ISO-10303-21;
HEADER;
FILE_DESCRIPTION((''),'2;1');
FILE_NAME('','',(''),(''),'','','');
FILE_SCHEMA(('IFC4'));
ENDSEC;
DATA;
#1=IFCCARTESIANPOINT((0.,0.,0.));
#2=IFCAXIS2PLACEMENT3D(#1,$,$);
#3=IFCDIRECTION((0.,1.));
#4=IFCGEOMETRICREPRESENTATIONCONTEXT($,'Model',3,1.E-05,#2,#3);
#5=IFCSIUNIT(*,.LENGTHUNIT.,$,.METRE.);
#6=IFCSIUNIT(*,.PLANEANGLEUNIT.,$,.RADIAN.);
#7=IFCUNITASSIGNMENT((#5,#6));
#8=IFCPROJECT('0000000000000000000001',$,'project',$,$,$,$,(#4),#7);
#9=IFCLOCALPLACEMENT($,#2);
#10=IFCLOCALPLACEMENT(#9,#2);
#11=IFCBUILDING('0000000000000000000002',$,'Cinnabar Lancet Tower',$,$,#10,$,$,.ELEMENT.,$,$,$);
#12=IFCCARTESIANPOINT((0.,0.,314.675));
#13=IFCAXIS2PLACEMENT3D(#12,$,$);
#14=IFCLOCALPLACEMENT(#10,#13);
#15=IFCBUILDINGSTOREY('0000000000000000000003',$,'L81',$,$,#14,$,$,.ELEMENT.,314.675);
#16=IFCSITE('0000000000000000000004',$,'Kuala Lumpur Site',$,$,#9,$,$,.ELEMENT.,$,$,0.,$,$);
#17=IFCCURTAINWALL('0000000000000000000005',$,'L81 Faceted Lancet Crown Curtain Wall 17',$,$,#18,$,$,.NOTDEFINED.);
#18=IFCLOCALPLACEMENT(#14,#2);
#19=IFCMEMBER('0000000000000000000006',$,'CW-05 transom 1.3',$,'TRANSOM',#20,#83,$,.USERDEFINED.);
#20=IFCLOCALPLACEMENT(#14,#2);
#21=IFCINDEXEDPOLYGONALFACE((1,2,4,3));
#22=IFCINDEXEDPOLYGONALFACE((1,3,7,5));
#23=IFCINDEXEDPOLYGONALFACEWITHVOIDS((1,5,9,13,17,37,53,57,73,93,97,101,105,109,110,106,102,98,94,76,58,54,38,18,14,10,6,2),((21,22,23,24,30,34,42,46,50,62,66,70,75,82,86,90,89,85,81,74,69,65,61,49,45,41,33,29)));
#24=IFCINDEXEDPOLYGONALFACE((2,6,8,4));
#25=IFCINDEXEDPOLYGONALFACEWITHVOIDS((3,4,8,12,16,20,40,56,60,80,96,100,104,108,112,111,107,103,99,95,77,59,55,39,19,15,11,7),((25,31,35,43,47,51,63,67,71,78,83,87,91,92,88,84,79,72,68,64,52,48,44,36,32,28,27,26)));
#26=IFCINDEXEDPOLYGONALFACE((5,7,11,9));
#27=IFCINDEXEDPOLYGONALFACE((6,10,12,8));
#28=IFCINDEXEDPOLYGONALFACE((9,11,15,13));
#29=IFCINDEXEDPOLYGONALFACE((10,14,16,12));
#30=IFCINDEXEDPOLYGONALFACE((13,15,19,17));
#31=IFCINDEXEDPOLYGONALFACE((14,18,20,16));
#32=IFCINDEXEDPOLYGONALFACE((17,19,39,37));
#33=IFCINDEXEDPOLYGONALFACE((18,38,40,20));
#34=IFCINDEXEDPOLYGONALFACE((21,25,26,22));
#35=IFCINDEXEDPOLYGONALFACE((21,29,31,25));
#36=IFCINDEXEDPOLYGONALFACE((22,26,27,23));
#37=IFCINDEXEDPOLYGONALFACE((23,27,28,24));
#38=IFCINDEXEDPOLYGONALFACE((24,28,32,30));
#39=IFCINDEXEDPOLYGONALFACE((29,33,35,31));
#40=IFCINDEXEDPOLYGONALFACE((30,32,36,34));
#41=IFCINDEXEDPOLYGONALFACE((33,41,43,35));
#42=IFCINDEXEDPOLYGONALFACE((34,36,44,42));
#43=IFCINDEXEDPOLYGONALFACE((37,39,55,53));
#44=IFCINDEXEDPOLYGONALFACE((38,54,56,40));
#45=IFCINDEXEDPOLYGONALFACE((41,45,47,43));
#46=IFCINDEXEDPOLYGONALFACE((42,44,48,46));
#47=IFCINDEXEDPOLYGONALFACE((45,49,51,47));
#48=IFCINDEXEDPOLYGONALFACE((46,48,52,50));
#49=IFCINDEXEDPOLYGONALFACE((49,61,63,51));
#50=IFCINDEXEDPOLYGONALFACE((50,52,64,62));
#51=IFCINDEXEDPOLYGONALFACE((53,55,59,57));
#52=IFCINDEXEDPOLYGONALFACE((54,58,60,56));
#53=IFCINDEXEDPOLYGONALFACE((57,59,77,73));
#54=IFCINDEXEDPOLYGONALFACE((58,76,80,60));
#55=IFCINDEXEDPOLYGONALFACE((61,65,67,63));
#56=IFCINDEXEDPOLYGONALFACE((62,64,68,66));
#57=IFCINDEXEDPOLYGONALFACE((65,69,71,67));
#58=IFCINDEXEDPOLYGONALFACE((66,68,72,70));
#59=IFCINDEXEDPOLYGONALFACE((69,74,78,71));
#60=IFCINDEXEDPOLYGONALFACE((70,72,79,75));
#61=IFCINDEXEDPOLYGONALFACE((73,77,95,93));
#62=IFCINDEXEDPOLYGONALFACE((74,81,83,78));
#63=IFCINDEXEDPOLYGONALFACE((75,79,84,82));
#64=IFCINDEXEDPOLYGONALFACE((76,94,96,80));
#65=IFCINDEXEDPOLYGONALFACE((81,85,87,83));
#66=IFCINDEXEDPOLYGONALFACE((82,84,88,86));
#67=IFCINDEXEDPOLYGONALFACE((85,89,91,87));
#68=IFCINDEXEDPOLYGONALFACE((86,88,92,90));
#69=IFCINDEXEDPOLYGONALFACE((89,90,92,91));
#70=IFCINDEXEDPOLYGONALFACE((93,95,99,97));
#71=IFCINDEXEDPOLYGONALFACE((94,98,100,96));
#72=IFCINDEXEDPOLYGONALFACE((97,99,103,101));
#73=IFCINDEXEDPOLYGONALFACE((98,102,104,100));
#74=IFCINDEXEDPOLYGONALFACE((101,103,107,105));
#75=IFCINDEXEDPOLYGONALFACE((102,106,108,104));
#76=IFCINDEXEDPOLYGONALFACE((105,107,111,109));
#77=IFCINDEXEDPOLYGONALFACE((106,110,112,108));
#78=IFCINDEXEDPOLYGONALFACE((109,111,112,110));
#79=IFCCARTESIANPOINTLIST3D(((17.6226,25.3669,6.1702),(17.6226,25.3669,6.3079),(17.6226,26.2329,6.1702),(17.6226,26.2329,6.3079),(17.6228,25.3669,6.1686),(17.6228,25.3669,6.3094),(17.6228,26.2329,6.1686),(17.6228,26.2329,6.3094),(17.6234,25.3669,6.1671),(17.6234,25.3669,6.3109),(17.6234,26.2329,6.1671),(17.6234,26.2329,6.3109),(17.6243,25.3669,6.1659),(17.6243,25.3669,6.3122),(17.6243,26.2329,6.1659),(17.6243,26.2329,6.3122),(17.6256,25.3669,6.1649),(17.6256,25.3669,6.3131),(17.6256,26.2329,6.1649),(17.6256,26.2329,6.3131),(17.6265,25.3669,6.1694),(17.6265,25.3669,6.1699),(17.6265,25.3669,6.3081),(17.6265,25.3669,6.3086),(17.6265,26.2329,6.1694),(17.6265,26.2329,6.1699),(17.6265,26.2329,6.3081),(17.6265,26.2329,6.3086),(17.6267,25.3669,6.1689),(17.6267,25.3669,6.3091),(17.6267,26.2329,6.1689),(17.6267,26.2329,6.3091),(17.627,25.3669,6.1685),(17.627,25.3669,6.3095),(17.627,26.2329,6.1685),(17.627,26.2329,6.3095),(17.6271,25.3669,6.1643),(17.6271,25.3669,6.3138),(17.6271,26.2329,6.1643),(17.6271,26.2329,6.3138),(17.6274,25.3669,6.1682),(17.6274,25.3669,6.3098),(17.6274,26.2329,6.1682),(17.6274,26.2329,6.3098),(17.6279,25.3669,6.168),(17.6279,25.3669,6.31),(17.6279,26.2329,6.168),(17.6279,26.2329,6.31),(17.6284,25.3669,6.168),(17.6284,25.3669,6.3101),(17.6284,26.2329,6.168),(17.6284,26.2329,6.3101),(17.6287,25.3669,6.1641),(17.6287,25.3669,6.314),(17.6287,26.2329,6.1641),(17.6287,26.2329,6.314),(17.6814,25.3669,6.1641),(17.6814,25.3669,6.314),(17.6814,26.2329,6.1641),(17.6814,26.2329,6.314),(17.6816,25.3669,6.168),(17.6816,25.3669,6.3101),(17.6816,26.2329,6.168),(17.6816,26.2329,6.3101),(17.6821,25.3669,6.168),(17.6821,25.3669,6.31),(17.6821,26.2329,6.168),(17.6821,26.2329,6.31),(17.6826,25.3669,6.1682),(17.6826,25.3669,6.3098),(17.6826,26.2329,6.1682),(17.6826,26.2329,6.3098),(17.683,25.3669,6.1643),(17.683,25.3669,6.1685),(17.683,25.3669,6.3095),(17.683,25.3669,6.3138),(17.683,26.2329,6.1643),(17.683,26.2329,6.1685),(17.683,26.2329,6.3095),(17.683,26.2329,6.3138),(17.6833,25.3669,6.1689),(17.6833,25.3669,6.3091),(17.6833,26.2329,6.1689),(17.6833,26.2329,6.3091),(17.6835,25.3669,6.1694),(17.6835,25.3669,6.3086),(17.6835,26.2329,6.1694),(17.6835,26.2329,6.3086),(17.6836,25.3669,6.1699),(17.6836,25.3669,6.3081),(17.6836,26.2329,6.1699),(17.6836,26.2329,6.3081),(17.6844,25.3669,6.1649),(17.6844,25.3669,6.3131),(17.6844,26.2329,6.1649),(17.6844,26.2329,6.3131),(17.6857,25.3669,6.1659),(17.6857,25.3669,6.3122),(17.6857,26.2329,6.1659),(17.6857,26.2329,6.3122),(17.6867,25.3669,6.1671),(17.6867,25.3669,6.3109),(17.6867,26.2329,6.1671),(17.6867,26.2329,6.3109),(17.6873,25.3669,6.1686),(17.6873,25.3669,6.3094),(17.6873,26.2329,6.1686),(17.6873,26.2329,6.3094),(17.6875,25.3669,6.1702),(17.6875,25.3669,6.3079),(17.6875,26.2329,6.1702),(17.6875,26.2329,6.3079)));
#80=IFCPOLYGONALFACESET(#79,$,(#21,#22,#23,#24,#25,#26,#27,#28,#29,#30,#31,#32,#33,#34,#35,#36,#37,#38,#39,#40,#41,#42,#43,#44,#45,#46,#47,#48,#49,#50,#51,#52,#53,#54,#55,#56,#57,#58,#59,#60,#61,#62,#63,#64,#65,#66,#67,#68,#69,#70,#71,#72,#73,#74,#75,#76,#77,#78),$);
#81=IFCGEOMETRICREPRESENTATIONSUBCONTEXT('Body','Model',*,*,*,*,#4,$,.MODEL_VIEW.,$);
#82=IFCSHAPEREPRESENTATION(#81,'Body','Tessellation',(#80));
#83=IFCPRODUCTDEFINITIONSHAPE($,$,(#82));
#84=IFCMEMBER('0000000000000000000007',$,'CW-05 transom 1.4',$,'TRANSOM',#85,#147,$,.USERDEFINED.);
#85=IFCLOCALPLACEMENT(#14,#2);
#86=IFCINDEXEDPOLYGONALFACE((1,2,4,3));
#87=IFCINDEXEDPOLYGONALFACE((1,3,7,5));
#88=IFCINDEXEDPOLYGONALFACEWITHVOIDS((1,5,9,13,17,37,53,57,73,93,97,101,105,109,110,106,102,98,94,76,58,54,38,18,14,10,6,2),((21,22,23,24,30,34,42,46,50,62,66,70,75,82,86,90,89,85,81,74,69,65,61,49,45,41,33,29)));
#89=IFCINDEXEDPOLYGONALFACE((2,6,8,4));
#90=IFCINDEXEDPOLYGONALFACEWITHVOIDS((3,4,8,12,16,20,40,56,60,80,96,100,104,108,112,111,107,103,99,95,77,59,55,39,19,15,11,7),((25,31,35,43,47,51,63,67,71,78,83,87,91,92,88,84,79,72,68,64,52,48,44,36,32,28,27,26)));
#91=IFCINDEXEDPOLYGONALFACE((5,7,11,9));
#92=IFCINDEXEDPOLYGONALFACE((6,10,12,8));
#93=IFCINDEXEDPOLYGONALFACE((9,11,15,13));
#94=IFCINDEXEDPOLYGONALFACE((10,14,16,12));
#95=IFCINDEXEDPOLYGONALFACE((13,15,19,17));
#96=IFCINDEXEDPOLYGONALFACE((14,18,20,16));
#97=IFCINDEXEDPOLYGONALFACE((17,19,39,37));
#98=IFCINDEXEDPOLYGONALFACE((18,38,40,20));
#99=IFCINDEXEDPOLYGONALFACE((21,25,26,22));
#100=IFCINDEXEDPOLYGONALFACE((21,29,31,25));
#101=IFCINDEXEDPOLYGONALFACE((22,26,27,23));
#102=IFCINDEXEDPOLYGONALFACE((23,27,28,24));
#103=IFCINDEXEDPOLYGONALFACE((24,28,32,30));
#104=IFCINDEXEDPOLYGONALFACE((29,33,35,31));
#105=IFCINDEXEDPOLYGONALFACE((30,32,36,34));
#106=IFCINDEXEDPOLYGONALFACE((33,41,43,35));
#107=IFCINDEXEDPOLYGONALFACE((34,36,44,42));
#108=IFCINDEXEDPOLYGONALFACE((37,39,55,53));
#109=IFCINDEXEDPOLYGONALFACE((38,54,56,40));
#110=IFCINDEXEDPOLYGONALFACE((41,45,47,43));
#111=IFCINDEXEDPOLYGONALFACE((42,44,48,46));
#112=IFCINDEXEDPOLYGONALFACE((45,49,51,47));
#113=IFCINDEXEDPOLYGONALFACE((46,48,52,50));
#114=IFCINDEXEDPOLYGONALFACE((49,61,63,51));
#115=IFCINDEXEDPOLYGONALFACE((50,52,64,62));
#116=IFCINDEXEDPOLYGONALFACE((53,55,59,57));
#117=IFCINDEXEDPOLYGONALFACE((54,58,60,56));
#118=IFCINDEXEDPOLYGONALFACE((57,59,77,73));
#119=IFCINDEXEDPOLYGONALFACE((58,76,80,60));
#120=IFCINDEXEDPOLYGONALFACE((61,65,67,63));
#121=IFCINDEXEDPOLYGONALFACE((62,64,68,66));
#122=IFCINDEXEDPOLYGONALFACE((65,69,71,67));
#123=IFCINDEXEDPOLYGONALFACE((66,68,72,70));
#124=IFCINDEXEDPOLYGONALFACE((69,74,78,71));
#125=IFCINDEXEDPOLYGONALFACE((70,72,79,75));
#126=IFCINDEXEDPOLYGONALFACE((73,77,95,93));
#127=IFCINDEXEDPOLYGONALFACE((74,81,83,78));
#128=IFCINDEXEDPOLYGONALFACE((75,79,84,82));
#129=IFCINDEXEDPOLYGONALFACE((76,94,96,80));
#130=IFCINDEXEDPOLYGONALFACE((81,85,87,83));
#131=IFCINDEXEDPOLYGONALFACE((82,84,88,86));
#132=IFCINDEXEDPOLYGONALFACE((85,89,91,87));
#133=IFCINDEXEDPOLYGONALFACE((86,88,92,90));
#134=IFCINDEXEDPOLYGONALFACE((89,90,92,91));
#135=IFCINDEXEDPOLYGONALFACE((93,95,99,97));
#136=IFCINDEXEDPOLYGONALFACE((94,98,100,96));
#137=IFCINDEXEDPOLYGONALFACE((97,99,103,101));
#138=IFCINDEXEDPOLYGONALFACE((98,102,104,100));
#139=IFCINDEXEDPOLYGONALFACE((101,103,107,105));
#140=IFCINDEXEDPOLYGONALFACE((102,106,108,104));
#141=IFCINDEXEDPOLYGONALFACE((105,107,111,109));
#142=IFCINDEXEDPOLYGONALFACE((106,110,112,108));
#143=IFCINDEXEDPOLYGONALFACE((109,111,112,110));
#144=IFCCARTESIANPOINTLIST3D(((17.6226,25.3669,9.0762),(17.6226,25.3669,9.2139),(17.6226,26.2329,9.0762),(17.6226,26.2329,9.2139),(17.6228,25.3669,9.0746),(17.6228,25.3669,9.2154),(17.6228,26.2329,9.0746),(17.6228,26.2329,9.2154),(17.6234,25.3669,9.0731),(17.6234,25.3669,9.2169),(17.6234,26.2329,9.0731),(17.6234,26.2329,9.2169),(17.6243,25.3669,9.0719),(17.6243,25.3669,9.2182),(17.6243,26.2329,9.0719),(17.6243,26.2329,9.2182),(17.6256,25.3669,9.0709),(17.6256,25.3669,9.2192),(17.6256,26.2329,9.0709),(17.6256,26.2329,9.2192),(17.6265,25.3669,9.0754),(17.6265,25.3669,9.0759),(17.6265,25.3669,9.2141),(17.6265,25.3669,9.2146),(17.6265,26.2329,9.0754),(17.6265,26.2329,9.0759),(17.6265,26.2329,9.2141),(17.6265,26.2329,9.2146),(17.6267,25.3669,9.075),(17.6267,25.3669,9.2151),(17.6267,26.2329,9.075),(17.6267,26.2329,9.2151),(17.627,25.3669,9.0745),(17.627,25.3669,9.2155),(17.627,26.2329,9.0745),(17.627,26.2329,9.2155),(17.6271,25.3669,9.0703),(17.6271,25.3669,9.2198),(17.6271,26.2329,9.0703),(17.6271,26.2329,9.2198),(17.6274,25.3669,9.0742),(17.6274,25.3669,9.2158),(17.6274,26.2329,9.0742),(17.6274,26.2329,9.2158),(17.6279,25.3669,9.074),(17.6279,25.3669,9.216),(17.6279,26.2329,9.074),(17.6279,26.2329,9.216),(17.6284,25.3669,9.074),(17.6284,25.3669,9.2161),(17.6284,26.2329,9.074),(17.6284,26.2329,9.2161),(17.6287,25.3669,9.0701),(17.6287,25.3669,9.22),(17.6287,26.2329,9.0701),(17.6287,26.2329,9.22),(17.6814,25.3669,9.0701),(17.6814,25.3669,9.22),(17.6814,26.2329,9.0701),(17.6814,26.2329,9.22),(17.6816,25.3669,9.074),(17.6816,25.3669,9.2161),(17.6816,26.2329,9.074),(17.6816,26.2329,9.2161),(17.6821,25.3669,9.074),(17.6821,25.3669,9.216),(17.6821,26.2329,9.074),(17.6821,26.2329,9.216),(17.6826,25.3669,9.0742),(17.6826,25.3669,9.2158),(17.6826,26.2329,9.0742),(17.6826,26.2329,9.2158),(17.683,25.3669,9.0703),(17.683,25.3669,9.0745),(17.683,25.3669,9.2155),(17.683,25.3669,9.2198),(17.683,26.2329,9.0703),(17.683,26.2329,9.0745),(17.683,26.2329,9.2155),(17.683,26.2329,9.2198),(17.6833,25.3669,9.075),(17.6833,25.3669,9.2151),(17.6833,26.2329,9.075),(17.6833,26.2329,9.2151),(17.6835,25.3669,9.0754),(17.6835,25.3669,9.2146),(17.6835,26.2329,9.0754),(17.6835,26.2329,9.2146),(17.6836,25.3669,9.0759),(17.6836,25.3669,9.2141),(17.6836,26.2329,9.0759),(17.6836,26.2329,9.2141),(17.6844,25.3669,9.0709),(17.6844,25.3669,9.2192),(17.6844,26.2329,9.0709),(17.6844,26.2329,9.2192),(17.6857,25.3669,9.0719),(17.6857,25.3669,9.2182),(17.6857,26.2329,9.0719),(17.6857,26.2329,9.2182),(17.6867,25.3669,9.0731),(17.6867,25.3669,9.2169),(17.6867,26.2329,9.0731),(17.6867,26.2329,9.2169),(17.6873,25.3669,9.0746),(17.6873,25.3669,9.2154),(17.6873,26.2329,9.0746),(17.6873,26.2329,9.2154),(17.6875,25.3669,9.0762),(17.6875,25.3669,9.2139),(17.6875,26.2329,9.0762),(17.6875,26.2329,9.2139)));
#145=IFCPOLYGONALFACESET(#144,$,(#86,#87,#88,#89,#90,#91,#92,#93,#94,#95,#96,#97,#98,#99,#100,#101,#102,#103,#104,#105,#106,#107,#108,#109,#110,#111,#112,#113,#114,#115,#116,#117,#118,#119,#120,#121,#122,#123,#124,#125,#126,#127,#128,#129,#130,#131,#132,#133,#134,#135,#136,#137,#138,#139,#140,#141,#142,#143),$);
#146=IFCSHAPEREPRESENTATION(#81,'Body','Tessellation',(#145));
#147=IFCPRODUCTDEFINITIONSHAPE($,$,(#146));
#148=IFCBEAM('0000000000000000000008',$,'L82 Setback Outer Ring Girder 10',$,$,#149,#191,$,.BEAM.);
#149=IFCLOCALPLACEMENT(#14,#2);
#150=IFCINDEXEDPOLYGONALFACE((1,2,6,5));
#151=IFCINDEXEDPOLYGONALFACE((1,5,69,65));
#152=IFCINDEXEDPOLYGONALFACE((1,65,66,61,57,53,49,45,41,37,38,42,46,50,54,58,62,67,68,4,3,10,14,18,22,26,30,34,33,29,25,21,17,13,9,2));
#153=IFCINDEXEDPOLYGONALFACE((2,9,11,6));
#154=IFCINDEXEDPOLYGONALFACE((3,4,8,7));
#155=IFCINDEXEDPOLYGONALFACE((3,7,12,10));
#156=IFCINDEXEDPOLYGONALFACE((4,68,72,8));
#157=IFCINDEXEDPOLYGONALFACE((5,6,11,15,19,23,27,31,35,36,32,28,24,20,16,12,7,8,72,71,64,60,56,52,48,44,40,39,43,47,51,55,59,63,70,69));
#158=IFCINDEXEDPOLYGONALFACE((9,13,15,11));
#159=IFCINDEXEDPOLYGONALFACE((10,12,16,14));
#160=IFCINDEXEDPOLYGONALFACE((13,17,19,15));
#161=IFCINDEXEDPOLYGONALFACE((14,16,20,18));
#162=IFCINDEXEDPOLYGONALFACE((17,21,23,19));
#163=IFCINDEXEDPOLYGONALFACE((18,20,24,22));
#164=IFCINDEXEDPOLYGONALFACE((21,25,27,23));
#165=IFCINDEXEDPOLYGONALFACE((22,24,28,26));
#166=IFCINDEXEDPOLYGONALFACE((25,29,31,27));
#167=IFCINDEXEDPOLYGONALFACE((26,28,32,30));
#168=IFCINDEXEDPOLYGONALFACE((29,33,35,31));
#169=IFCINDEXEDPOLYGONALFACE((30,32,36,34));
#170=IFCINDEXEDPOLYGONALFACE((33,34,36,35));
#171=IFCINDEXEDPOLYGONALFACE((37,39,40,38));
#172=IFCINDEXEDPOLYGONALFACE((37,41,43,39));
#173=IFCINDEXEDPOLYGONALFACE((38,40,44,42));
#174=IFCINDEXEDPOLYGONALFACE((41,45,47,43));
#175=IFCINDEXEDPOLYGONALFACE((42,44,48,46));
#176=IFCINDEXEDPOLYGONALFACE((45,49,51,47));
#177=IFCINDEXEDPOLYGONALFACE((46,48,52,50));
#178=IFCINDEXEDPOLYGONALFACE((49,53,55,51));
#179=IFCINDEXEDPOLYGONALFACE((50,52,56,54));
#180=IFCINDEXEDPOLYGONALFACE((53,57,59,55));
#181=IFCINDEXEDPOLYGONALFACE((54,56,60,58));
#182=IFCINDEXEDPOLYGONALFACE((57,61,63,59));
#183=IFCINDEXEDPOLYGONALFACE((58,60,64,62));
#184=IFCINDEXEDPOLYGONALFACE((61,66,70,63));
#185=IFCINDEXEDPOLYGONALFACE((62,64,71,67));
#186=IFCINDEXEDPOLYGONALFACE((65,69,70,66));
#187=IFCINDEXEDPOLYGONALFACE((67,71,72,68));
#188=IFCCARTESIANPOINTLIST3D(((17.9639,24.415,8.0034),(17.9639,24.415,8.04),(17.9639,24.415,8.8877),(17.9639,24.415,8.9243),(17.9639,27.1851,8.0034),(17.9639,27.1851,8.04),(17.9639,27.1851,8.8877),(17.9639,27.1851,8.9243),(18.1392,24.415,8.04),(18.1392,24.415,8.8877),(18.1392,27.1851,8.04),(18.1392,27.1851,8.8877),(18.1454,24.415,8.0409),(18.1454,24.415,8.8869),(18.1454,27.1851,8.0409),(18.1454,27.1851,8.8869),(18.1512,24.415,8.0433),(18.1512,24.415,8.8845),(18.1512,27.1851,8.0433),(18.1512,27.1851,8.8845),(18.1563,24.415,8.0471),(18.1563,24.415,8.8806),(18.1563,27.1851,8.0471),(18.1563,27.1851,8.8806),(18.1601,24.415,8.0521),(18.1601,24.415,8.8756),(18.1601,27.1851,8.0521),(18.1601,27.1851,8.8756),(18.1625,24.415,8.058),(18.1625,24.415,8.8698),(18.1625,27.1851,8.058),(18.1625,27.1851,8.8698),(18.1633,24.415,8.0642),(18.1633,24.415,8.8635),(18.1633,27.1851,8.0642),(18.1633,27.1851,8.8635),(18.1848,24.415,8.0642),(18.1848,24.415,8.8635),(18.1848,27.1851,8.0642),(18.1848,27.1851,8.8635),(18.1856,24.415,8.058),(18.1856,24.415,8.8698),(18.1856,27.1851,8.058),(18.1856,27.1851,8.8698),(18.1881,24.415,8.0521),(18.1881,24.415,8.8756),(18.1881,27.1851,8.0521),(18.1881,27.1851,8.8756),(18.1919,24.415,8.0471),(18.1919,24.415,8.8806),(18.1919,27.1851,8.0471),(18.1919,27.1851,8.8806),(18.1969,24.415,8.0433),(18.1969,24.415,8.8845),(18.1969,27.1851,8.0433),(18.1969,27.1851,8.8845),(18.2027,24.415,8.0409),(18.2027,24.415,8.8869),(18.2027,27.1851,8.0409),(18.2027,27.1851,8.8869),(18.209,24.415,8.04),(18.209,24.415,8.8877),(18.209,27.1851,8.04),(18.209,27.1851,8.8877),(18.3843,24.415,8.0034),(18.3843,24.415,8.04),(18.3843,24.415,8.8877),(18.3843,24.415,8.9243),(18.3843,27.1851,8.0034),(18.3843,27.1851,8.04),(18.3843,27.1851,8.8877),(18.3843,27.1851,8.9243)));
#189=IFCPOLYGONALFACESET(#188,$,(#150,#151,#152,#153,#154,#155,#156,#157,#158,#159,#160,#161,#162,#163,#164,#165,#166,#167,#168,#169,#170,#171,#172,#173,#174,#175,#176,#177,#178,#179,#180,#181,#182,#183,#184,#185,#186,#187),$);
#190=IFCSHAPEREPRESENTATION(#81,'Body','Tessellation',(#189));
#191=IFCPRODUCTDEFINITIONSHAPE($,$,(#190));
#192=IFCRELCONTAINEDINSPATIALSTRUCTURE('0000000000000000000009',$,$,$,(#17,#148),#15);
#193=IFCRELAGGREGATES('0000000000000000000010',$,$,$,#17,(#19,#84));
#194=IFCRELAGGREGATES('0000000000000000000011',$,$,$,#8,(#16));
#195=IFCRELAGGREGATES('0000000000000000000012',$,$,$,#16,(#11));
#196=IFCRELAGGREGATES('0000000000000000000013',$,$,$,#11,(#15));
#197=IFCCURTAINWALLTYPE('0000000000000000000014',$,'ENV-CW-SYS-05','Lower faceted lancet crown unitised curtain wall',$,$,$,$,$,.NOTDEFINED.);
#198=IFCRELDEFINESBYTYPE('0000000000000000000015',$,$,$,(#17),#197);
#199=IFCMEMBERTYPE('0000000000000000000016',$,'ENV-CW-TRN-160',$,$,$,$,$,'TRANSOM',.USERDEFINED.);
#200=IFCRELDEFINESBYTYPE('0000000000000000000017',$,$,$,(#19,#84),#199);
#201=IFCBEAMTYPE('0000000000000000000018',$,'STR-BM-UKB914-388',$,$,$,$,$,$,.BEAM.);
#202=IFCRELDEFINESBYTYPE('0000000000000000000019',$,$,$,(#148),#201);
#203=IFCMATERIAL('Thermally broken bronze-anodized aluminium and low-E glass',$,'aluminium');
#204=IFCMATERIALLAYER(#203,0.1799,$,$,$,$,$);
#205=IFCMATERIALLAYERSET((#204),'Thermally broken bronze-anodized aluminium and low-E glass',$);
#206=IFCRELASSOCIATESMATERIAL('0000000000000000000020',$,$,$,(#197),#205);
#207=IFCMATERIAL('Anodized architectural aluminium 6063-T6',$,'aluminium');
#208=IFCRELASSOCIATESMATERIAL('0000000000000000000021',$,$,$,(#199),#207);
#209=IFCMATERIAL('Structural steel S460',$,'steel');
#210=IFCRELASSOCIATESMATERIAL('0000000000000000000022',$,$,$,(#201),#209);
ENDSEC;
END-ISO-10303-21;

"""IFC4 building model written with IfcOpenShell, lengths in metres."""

from ifc_helpers import new_model, si_unit, direction, frame, origin, origin_2d, place, context, subcontext, project, spatial, hollow_rectangle, i_section, extrude, material, layer, layer_set, material_profile, profile_set, type_object, element, aggregate, save


model = new_model("IFC4")

# Units and contexts
model_context = context("Model", 3, precision=1e-05, world=origin(), true_north=direction((0.0, 1.0)))
body_context = subcontext(model_context, "Body", "Model", "MODEL_VIEW")
ifc_project = project(units=[si_unit("LENGTHUNIT", "METRE"), si_unit("PLANEANGLEUNIT", "RADIAN")], contexts=[model_context])

# Site, building, storey
site_placement = place(None, origin())
site = spatial("IfcSite", under=ifc_project, at=site_placement, Name="Kuala Lumpur Site", CompositionType="ELEMENT", RefElevation=0.0)
building_placement = place(site_placement, origin())
building = spatial("IfcBuilding", under=site, at=building_placement, Name="Cinnabar Lancet Tower", CompositionType="ELEMENT")
storey_placement = place(building_placement, frame((0.0, 0.0, 314.675)))
storey = spatial("IfcBuildingStorey", under=building, at=storey_placement, Name="L81", CompositionType="ELEMENT", Elevation=314.675)

# Shared definitions
ifc_material_1 = material(Name="Thermally broken bronze-anodized aluminium and low-E glass", Category="aluminium")
ifc_layer_1 = layer(ifc_material_1, 0.1799)
ifc_layer_set_1 = layer_set([ifc_layer_1], Name="Thermally broken bronze-anodized aluminium and low-E glass")
curtain_wall_type = type_object("IfcCurtainWallType", Name="ENV-CW-SYS-05", Description="Lower faceted lancet crown unitised curtain wall", PredefinedType="NOTDEFINED", material=ifc_layer_set_1)

# Curtain wall
curtain_wall_1_placement = place(storey_placement, origin())
curtain_wall_1 = element("IfcCurtainWall", 1, at=curtain_wall_1_placement, inside=storey, type_object=curtain_wall_type, Name="L81 Faceted Lancet Crown Curtain Wall 17", PredefinedType="NOTDEFINED")

# Members
ifc_material_2 = material(Name="Anodized architectural aluminium 6063-T6", Category="aluminium")
ifc_material_profile_1 = material_profile(ifc_material_2, hollow_rectangle(XDim=0.0649, YDim=0.1499, WallThickness=0.0039, InnerFilletRadius=0.002, OuterFilletRadius=0.0061, at=origin_2d()), Name="CW-TRN 150x65x4")
ifc_profile_set_1 = profile_set([ifc_material_profile_1], Name="Anodized architectural aluminium 6063-T6")
member_type_1 = type_object("IfcMemberType", Name="ENV-CW-TRN-160", ElementType="TRANSOM", PredefinedType="USERDEFINED", material=ifc_profile_set_1)
member_1_placement = place(storey_placement, frame((17.655, 26.2329, 6.239), z_axis=(0.0, -1.0, 0.0), x_axis=(1.0, 0.0, 0.0)))
member_1 = element("IfcMember", 2, at=member_1_placement, type_object=member_type_1, Name="CW-05 transom 1.3", ObjectType="TRANSOM", PredefinedType="USERDEFINED", context=body_context, shape_type="SweptSolid", body=[
    extrude(hollow_rectangle(XDim=0.0649, YDim=0.1499, WallThickness=0.0039, InnerFilletRadius=0.002, OuterFilletRadius=0.0061, at=origin_2d()), origin(), (0.0, 0.0, 1.0), 0.866),
])
member_2_placement = place(storey_placement, frame((17.655, 26.2329, 9.145), z_axis=(0.0, -1.0, 0.0), x_axis=(1.0, 0.0, 0.0)))
member_2 = element("IfcMember", 3, at=member_2_placement, type_object=member_type_1, Name="CW-05 transom 1.4", ObjectType="TRANSOM", PredefinedType="USERDEFINED", context=body_context, shape_type="SweptSolid", body=[
    extrude(hollow_rectangle(XDim=0.0649, YDim=0.1499, WallThickness=0.0039, InnerFilletRadius=0.002, OuterFilletRadius=0.0061, at=origin_2d()), origin(), (0.0, 0.0, 1.0), 0.866),
])

# Beam
ifc_material_3 = material(Name="Structural steel S460", Category="steel")
ifc_material_profile_2 = material_profile(ifc_material_3, i_section(OverallWidth=0.4204, OverallDepth=0.9209, WebThickness=0.0215, FlangeThickness=0.0366, FilletRadius=0.0242, at=origin_2d()), Name="UKB 914x419x388")
ifc_profile_set_2 = profile_set([ifc_material_profile_2], Name="Structural steel S460")
beam_type = type_object("IfcBeamType", Name="STR-BM-UKB914-388", PredefinedType="BEAM", material=ifc_profile_set_2)
beam_1_placement = place(storey_placement, frame((18.1741, 27.1851, 8.4639), z_axis=(0.0, -1.0, 0.0), x_axis=(1.0, 0.0, 0.0)))
element("IfcBeam", 4, at=beam_1_placement, inside=storey, type_object=beam_type, Name="L82 Setback Outer Ring Girder 10", PredefinedType="BEAM", context=body_context, shape_type="SweptSolid", body=[
    extrude(i_section(OverallWidth=0.4204, OverallDepth=0.9209, WebThickness=0.0215, FlangeThickness=0.0366, FilletRadius=0.0242, at=origin_2d()), origin(), (0.0, 0.0, 1.0), 2.77),
])

aggregate(curtain_wall_1, [member_1, member_2])

save(model, "model.ifc")
